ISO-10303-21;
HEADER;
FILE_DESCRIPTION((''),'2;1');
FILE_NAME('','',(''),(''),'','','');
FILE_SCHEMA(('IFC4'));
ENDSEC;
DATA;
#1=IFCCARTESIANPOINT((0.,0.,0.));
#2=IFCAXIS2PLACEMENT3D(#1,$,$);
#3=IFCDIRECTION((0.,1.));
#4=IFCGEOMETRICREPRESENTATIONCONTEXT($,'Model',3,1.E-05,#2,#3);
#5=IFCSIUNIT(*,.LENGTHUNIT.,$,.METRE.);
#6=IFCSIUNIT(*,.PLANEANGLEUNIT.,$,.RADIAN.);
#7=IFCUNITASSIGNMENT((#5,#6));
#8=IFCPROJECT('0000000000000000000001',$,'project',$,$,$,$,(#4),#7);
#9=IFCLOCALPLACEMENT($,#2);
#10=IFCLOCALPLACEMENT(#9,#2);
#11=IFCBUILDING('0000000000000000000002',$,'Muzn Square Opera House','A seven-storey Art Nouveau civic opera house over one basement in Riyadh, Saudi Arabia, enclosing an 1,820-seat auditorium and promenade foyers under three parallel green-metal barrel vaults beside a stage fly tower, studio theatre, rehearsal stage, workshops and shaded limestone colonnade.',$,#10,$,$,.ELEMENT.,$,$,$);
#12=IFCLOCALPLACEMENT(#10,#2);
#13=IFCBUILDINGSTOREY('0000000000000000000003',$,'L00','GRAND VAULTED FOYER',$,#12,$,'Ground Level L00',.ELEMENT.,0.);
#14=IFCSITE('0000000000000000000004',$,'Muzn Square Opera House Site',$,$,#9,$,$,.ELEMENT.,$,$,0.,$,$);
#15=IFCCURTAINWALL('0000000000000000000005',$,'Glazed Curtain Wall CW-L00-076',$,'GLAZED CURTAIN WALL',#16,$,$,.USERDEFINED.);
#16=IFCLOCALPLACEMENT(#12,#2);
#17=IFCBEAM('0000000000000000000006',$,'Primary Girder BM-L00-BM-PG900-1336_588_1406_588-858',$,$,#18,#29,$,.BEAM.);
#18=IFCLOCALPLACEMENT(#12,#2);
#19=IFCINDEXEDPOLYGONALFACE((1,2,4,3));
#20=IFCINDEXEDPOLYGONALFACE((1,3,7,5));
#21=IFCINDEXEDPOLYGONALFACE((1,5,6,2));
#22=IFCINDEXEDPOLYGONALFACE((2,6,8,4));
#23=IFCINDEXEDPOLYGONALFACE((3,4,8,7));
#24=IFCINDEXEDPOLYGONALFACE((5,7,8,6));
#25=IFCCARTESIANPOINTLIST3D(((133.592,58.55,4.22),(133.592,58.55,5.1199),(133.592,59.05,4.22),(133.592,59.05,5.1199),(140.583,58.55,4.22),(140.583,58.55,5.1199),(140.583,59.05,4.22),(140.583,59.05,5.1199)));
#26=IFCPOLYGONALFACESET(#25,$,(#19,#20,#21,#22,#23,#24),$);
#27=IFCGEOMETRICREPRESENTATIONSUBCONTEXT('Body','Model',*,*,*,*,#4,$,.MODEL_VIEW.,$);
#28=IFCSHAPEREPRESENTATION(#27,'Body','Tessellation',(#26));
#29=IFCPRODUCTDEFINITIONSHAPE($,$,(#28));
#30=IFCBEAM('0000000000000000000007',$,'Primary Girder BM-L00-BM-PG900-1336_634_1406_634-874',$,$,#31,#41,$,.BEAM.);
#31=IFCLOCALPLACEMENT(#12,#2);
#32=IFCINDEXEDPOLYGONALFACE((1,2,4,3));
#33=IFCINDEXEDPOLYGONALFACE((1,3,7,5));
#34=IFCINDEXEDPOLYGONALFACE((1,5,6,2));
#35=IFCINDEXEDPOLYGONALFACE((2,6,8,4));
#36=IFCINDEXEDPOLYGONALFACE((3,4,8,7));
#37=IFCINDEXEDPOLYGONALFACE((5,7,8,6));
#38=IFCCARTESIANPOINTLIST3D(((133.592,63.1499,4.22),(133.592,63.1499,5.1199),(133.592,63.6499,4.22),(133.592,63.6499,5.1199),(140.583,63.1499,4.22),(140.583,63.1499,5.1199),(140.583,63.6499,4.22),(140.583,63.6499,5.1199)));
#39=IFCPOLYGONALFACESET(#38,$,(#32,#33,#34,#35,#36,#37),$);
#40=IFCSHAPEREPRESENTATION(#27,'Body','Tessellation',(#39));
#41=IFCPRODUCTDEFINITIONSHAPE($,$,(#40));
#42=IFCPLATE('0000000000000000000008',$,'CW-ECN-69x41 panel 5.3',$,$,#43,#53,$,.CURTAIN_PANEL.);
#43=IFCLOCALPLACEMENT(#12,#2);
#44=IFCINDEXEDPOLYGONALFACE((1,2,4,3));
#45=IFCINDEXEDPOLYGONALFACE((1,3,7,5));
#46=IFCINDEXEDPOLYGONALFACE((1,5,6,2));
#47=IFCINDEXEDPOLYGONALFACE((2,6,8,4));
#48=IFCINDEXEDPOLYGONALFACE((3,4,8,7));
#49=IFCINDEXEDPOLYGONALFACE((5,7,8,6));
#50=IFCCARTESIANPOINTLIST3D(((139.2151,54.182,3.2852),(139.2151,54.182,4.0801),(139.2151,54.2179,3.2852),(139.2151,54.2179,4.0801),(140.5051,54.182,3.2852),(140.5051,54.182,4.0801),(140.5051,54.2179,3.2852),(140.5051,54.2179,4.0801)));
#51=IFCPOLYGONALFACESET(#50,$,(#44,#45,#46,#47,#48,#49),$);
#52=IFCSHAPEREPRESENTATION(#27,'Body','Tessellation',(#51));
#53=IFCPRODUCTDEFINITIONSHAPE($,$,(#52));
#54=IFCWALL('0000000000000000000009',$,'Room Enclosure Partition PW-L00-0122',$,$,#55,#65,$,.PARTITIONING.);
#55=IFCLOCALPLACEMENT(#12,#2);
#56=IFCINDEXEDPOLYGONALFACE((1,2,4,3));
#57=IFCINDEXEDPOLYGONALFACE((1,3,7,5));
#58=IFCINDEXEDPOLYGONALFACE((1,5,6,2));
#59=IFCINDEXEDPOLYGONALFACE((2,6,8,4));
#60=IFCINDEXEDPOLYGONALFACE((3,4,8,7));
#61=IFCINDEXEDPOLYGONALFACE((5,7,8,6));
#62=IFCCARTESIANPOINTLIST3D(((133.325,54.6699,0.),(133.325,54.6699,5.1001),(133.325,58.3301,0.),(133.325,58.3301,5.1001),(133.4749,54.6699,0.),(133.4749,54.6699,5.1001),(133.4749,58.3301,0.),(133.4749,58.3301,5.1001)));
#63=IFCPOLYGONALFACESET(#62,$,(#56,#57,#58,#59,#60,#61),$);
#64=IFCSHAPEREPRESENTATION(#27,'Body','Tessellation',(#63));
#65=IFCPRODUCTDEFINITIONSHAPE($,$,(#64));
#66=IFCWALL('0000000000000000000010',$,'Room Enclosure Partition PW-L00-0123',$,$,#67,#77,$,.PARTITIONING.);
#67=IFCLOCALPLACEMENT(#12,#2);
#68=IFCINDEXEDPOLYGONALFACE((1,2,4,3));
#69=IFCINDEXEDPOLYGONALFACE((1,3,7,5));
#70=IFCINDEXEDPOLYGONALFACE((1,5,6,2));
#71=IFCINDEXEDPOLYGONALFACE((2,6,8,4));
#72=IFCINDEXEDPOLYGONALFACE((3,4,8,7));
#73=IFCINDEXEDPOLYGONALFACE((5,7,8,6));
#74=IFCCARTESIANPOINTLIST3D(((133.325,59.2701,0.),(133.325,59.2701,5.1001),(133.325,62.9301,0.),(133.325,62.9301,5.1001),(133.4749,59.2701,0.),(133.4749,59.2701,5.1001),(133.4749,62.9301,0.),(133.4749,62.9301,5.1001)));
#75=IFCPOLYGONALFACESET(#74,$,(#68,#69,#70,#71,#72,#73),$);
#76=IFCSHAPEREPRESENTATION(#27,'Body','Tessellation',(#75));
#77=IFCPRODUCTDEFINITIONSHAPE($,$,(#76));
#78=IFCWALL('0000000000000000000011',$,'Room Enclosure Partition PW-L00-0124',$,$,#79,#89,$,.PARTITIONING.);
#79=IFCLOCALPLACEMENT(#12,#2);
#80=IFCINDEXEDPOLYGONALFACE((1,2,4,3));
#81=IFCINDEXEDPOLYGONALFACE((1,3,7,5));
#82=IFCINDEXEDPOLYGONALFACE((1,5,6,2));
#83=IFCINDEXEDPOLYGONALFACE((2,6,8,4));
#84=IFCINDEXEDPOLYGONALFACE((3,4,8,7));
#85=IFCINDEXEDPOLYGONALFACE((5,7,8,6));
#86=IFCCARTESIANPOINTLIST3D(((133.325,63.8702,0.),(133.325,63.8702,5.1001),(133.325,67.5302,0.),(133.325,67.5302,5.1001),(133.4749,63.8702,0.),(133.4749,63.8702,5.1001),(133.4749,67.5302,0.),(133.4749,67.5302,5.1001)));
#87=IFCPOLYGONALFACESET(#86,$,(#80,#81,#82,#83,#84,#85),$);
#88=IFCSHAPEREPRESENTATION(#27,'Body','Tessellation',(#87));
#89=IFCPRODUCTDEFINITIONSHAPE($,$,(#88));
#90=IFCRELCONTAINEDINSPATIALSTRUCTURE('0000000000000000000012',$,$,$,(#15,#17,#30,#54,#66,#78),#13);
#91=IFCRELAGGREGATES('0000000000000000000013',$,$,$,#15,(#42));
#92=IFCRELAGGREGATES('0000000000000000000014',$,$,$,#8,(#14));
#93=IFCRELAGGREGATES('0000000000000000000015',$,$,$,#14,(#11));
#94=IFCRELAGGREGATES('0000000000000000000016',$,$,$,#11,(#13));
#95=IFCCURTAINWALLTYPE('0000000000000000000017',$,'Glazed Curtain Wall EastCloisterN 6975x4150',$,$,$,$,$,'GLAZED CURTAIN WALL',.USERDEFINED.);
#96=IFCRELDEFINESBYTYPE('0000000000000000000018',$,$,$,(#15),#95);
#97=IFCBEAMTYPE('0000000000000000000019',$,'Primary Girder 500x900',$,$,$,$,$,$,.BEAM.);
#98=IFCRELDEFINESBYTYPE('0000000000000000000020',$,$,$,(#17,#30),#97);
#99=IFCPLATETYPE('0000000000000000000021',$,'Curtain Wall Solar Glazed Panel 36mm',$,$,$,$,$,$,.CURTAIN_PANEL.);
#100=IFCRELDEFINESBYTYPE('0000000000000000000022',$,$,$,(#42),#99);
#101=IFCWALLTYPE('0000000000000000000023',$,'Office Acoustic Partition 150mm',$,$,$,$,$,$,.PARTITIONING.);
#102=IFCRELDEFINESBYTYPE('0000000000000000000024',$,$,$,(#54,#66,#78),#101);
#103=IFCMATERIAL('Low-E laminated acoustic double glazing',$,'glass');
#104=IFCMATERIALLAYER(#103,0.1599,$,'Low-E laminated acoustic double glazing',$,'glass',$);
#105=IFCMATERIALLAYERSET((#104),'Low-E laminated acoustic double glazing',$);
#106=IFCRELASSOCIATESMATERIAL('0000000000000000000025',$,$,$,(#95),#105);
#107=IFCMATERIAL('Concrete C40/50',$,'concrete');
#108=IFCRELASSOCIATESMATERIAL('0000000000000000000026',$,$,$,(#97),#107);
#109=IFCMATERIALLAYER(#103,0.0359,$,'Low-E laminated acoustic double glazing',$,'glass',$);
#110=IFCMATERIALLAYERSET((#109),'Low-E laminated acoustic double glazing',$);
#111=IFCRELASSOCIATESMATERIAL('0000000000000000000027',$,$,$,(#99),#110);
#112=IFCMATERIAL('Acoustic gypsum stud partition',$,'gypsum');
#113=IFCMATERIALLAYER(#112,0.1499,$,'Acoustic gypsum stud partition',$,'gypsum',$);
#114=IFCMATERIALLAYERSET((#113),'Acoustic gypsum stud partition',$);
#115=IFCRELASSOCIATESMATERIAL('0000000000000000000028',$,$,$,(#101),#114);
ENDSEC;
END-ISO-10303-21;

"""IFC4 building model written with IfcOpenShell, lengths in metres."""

from ifc_helpers import new_model, si_unit, direction, frame, frame_2d, origin, origin_2d, place, context, subcontext, project, spatial, rectangle, extrude, material, layer, layer_set, material_profile, profile_set, type_object, element, aggregate, save


model = new_model("IFC4")

# Units and contexts
model_context = context("Model", 3, precision=1e-05, world=origin(), true_north=direction((0.0, 1.0)))
body_context = subcontext(model_context, "Body", "Model", "MODEL_VIEW")
ifc_project = project(units=[si_unit("LENGTHUNIT", "METRE"), si_unit("PLANEANGLEUNIT", "RADIAN")], contexts=[model_context])

# Site, building, storey
site_placement = place(None, origin())
site = spatial("IfcSite", under=ifc_project, at=site_placement, Name="Muzn Square Opera House Site", CompositionType="ELEMENT", RefElevation=0.0)
building_placement = place(site_placement, origin())
building = spatial("IfcBuilding", under=site, at=building_placement, Name="Muzn Square Opera House", Description="A seven-storey Art Nouveau civic opera house over one basement in Riyadh, Saudi Arabia, enclosing an 1,820-seat auditorium and promenade foyers under three parallel green-metal barrel vaults beside a stage fly tower, studio theatre, rehearsal stage, workshops and shaded limestone colonnade.", CompositionType="ELEMENT")
storey_placement = place(building_placement, origin())
storey = spatial("IfcBuildingStorey", under=building, at=storey_placement, Name="L00", Description="GRAND VAULTED FOYER", LongName="Ground Level L00", CompositionType="ELEMENT", Elevation=0.0)

# Curtain wall
ifc_material_1 = material(Name="Low-E laminated acoustic double glazing", Category="glass")
ifc_layer_1 = layer(ifc_material_1, 0.1599, Name="Low-E laminated acoustic double glazing", Category="glass")
ifc_layer_set_1 = layer_set([ifc_layer_1], Name="Low-E laminated acoustic double glazing")
curtain_wall_type = type_object("IfcCurtainWallType", Name="Glazed Curtain Wall EastCloisterN 6975x4150", ElementType="GLAZED CURTAIN WALL", PredefinedType="USERDEFINED", material=ifc_layer_set_1)
curtain_wall_placement = place(storey_placement, origin())
curtain_wall = element("IfcCurtainWall", 1, at=curtain_wall_placement, inside=storey, type_object=curtain_wall_type, Name="Glazed Curtain Wall CW-L00-076", ObjectType="GLAZED CURTAIN WALL", PredefinedType="USERDEFINED")

# Beams
ifc_material_2 = material(Name="Concrete C40/50", Category="concrete")
ifc_material_profile_1 = material_profile(ifc_material_2, rectangle(XDim=0.5, YDim=0.8999, at=origin_2d()), Name="RCB 500x900", Category="concrete")
ifc_profile_set_1 = profile_set([ifc_material_profile_1], Name="Concrete C40/50")
beam_type_1 = type_object("IfcBeamType", Name="Primary Girder 500x900", PredefinedType="BEAM", material=ifc_profile_set_1)
for number, where, z_axis, x_axis, name in (
    (2, (133.592, 58.8, 4.6699), (1.0, 0.0, 0.0), (0.0, 1.0, 0.0), "Primary Girder BM-L00-BM-PG900-1336_588_1406_588-858"),
    (3, (133.592, 63.3999, 4.6699), (1.0, 0.0, 0.0), (0.0, 1.0, 0.0), "Primary Girder BM-L00-BM-PG900-1336_634_1406_634-874"),
):
    element("IfcBeam", number, at=place(storey_placement, frame(where, z_axis=z_axis, x_axis=x_axis)), inside=storey, type_object=beam_type_1, Name=name, PredefinedType="BEAM", context=body_context, shape_type="SweptSolid", body=[
        extrude(rectangle(XDim=0.5, YDim=0.8999, at=origin_2d()), origin(), (0.0, 0.0, 1.0), 6.991),
    ])

# Plate
ifc_layer_2 = layer(ifc_material_1, 0.0359, Name="Low-E laminated acoustic double glazing", Category="glass")
ifc_layer_set_2 = layer_set([ifc_layer_2], Name="Low-E laminated acoustic double glazing")
plate_type = type_object("IfcPlateType", Name="Curtain Wall Solar Glazed Panel 36mm", PredefinedType="CURTAIN_PANEL", material=ifc_layer_set_2)
plate_placement = place(storey_placement, frame((139.8601, 54.2, 3.2852), z_axis=(0.0, 0.0, 1.0), x_axis=(1.0, 0.0, 0.0)))
plate = element("IfcPlate", 4, at=plate_placement, type_object=plate_type, Name="CW-ECN-69x41 panel 5.3", PredefinedType="CURTAIN_PANEL", context=body_context, shape_type="SweptSolid", body=[
    extrude(rectangle(XDim=1.29, YDim=0.0359, at=origin_2d()), origin(), (0.0, 0.0, 1.0), 0.7949),
])
aggregate(curtain_wall, [plate])

# Walls
ifc_material_3 = material(Name="Acoustic gypsum stud partition", Category="gypsum")
ifc_layer_3 = layer(ifc_material_3, 0.1499, Name="Acoustic gypsum stud partition", Category="gypsum")
ifc_layer_set_3 = layer_set([ifc_layer_3], Name="Acoustic gypsum stud partition")
wall_type = type_object("IfcWallType", Name="Office Acoustic Partition 150mm", PredefinedType="PARTITIONING", material=ifc_layer_set_3)
wall_placement = place(storey_placement, frame((133.3999, 54.6699, 0.0), z_axis=(0.0, 0.0, 1.0), x_axis=(0.0, 1.0, 0.0)))
element("IfcWall", 5, at=wall_placement, inside=storey, type_object=wall_type, Name="Room Enclosure Partition PW-L00-0122", PredefinedType="PARTITIONING", context=body_context, shape_type="SweptSolid", body=[
    extrude(rectangle(XDim=3.6602, YDim=0.1499, at=frame_2d((1.8301, 0.0))), origin(), (0.0, 0.0, 1.0), 5.1001),
])
for number, where, z_axis, x_axis, name in (
    (6, (133.3999, 59.27, 0.0), (0.0, 0.0, 1.0), (0.0, 1.0, 0.0), "Room Enclosure Partition PW-L00-0123"),
    (7, (133.3999, 63.8701, 0.0), (0.0, 0.0, 1.0), (0.0, 1.0, 0.0), "Room Enclosure Partition PW-L00-0124"),
):
    element("IfcWall", number, at=place(storey_placement, frame(where, z_axis=z_axis, x_axis=x_axis)), inside=storey, type_object=wall_type, Name=name, PredefinedType="PARTITIONING", context=body_context, shape_type="SweptSolid", body=[
        extrude(rectangle(XDim=3.6599, YDim=0.1499, at=frame_2d((1.8301, 0.0))), origin(), (0.0, 0.0, 1.0), 5.1001),
    ])

save(model, "model.ifc")
